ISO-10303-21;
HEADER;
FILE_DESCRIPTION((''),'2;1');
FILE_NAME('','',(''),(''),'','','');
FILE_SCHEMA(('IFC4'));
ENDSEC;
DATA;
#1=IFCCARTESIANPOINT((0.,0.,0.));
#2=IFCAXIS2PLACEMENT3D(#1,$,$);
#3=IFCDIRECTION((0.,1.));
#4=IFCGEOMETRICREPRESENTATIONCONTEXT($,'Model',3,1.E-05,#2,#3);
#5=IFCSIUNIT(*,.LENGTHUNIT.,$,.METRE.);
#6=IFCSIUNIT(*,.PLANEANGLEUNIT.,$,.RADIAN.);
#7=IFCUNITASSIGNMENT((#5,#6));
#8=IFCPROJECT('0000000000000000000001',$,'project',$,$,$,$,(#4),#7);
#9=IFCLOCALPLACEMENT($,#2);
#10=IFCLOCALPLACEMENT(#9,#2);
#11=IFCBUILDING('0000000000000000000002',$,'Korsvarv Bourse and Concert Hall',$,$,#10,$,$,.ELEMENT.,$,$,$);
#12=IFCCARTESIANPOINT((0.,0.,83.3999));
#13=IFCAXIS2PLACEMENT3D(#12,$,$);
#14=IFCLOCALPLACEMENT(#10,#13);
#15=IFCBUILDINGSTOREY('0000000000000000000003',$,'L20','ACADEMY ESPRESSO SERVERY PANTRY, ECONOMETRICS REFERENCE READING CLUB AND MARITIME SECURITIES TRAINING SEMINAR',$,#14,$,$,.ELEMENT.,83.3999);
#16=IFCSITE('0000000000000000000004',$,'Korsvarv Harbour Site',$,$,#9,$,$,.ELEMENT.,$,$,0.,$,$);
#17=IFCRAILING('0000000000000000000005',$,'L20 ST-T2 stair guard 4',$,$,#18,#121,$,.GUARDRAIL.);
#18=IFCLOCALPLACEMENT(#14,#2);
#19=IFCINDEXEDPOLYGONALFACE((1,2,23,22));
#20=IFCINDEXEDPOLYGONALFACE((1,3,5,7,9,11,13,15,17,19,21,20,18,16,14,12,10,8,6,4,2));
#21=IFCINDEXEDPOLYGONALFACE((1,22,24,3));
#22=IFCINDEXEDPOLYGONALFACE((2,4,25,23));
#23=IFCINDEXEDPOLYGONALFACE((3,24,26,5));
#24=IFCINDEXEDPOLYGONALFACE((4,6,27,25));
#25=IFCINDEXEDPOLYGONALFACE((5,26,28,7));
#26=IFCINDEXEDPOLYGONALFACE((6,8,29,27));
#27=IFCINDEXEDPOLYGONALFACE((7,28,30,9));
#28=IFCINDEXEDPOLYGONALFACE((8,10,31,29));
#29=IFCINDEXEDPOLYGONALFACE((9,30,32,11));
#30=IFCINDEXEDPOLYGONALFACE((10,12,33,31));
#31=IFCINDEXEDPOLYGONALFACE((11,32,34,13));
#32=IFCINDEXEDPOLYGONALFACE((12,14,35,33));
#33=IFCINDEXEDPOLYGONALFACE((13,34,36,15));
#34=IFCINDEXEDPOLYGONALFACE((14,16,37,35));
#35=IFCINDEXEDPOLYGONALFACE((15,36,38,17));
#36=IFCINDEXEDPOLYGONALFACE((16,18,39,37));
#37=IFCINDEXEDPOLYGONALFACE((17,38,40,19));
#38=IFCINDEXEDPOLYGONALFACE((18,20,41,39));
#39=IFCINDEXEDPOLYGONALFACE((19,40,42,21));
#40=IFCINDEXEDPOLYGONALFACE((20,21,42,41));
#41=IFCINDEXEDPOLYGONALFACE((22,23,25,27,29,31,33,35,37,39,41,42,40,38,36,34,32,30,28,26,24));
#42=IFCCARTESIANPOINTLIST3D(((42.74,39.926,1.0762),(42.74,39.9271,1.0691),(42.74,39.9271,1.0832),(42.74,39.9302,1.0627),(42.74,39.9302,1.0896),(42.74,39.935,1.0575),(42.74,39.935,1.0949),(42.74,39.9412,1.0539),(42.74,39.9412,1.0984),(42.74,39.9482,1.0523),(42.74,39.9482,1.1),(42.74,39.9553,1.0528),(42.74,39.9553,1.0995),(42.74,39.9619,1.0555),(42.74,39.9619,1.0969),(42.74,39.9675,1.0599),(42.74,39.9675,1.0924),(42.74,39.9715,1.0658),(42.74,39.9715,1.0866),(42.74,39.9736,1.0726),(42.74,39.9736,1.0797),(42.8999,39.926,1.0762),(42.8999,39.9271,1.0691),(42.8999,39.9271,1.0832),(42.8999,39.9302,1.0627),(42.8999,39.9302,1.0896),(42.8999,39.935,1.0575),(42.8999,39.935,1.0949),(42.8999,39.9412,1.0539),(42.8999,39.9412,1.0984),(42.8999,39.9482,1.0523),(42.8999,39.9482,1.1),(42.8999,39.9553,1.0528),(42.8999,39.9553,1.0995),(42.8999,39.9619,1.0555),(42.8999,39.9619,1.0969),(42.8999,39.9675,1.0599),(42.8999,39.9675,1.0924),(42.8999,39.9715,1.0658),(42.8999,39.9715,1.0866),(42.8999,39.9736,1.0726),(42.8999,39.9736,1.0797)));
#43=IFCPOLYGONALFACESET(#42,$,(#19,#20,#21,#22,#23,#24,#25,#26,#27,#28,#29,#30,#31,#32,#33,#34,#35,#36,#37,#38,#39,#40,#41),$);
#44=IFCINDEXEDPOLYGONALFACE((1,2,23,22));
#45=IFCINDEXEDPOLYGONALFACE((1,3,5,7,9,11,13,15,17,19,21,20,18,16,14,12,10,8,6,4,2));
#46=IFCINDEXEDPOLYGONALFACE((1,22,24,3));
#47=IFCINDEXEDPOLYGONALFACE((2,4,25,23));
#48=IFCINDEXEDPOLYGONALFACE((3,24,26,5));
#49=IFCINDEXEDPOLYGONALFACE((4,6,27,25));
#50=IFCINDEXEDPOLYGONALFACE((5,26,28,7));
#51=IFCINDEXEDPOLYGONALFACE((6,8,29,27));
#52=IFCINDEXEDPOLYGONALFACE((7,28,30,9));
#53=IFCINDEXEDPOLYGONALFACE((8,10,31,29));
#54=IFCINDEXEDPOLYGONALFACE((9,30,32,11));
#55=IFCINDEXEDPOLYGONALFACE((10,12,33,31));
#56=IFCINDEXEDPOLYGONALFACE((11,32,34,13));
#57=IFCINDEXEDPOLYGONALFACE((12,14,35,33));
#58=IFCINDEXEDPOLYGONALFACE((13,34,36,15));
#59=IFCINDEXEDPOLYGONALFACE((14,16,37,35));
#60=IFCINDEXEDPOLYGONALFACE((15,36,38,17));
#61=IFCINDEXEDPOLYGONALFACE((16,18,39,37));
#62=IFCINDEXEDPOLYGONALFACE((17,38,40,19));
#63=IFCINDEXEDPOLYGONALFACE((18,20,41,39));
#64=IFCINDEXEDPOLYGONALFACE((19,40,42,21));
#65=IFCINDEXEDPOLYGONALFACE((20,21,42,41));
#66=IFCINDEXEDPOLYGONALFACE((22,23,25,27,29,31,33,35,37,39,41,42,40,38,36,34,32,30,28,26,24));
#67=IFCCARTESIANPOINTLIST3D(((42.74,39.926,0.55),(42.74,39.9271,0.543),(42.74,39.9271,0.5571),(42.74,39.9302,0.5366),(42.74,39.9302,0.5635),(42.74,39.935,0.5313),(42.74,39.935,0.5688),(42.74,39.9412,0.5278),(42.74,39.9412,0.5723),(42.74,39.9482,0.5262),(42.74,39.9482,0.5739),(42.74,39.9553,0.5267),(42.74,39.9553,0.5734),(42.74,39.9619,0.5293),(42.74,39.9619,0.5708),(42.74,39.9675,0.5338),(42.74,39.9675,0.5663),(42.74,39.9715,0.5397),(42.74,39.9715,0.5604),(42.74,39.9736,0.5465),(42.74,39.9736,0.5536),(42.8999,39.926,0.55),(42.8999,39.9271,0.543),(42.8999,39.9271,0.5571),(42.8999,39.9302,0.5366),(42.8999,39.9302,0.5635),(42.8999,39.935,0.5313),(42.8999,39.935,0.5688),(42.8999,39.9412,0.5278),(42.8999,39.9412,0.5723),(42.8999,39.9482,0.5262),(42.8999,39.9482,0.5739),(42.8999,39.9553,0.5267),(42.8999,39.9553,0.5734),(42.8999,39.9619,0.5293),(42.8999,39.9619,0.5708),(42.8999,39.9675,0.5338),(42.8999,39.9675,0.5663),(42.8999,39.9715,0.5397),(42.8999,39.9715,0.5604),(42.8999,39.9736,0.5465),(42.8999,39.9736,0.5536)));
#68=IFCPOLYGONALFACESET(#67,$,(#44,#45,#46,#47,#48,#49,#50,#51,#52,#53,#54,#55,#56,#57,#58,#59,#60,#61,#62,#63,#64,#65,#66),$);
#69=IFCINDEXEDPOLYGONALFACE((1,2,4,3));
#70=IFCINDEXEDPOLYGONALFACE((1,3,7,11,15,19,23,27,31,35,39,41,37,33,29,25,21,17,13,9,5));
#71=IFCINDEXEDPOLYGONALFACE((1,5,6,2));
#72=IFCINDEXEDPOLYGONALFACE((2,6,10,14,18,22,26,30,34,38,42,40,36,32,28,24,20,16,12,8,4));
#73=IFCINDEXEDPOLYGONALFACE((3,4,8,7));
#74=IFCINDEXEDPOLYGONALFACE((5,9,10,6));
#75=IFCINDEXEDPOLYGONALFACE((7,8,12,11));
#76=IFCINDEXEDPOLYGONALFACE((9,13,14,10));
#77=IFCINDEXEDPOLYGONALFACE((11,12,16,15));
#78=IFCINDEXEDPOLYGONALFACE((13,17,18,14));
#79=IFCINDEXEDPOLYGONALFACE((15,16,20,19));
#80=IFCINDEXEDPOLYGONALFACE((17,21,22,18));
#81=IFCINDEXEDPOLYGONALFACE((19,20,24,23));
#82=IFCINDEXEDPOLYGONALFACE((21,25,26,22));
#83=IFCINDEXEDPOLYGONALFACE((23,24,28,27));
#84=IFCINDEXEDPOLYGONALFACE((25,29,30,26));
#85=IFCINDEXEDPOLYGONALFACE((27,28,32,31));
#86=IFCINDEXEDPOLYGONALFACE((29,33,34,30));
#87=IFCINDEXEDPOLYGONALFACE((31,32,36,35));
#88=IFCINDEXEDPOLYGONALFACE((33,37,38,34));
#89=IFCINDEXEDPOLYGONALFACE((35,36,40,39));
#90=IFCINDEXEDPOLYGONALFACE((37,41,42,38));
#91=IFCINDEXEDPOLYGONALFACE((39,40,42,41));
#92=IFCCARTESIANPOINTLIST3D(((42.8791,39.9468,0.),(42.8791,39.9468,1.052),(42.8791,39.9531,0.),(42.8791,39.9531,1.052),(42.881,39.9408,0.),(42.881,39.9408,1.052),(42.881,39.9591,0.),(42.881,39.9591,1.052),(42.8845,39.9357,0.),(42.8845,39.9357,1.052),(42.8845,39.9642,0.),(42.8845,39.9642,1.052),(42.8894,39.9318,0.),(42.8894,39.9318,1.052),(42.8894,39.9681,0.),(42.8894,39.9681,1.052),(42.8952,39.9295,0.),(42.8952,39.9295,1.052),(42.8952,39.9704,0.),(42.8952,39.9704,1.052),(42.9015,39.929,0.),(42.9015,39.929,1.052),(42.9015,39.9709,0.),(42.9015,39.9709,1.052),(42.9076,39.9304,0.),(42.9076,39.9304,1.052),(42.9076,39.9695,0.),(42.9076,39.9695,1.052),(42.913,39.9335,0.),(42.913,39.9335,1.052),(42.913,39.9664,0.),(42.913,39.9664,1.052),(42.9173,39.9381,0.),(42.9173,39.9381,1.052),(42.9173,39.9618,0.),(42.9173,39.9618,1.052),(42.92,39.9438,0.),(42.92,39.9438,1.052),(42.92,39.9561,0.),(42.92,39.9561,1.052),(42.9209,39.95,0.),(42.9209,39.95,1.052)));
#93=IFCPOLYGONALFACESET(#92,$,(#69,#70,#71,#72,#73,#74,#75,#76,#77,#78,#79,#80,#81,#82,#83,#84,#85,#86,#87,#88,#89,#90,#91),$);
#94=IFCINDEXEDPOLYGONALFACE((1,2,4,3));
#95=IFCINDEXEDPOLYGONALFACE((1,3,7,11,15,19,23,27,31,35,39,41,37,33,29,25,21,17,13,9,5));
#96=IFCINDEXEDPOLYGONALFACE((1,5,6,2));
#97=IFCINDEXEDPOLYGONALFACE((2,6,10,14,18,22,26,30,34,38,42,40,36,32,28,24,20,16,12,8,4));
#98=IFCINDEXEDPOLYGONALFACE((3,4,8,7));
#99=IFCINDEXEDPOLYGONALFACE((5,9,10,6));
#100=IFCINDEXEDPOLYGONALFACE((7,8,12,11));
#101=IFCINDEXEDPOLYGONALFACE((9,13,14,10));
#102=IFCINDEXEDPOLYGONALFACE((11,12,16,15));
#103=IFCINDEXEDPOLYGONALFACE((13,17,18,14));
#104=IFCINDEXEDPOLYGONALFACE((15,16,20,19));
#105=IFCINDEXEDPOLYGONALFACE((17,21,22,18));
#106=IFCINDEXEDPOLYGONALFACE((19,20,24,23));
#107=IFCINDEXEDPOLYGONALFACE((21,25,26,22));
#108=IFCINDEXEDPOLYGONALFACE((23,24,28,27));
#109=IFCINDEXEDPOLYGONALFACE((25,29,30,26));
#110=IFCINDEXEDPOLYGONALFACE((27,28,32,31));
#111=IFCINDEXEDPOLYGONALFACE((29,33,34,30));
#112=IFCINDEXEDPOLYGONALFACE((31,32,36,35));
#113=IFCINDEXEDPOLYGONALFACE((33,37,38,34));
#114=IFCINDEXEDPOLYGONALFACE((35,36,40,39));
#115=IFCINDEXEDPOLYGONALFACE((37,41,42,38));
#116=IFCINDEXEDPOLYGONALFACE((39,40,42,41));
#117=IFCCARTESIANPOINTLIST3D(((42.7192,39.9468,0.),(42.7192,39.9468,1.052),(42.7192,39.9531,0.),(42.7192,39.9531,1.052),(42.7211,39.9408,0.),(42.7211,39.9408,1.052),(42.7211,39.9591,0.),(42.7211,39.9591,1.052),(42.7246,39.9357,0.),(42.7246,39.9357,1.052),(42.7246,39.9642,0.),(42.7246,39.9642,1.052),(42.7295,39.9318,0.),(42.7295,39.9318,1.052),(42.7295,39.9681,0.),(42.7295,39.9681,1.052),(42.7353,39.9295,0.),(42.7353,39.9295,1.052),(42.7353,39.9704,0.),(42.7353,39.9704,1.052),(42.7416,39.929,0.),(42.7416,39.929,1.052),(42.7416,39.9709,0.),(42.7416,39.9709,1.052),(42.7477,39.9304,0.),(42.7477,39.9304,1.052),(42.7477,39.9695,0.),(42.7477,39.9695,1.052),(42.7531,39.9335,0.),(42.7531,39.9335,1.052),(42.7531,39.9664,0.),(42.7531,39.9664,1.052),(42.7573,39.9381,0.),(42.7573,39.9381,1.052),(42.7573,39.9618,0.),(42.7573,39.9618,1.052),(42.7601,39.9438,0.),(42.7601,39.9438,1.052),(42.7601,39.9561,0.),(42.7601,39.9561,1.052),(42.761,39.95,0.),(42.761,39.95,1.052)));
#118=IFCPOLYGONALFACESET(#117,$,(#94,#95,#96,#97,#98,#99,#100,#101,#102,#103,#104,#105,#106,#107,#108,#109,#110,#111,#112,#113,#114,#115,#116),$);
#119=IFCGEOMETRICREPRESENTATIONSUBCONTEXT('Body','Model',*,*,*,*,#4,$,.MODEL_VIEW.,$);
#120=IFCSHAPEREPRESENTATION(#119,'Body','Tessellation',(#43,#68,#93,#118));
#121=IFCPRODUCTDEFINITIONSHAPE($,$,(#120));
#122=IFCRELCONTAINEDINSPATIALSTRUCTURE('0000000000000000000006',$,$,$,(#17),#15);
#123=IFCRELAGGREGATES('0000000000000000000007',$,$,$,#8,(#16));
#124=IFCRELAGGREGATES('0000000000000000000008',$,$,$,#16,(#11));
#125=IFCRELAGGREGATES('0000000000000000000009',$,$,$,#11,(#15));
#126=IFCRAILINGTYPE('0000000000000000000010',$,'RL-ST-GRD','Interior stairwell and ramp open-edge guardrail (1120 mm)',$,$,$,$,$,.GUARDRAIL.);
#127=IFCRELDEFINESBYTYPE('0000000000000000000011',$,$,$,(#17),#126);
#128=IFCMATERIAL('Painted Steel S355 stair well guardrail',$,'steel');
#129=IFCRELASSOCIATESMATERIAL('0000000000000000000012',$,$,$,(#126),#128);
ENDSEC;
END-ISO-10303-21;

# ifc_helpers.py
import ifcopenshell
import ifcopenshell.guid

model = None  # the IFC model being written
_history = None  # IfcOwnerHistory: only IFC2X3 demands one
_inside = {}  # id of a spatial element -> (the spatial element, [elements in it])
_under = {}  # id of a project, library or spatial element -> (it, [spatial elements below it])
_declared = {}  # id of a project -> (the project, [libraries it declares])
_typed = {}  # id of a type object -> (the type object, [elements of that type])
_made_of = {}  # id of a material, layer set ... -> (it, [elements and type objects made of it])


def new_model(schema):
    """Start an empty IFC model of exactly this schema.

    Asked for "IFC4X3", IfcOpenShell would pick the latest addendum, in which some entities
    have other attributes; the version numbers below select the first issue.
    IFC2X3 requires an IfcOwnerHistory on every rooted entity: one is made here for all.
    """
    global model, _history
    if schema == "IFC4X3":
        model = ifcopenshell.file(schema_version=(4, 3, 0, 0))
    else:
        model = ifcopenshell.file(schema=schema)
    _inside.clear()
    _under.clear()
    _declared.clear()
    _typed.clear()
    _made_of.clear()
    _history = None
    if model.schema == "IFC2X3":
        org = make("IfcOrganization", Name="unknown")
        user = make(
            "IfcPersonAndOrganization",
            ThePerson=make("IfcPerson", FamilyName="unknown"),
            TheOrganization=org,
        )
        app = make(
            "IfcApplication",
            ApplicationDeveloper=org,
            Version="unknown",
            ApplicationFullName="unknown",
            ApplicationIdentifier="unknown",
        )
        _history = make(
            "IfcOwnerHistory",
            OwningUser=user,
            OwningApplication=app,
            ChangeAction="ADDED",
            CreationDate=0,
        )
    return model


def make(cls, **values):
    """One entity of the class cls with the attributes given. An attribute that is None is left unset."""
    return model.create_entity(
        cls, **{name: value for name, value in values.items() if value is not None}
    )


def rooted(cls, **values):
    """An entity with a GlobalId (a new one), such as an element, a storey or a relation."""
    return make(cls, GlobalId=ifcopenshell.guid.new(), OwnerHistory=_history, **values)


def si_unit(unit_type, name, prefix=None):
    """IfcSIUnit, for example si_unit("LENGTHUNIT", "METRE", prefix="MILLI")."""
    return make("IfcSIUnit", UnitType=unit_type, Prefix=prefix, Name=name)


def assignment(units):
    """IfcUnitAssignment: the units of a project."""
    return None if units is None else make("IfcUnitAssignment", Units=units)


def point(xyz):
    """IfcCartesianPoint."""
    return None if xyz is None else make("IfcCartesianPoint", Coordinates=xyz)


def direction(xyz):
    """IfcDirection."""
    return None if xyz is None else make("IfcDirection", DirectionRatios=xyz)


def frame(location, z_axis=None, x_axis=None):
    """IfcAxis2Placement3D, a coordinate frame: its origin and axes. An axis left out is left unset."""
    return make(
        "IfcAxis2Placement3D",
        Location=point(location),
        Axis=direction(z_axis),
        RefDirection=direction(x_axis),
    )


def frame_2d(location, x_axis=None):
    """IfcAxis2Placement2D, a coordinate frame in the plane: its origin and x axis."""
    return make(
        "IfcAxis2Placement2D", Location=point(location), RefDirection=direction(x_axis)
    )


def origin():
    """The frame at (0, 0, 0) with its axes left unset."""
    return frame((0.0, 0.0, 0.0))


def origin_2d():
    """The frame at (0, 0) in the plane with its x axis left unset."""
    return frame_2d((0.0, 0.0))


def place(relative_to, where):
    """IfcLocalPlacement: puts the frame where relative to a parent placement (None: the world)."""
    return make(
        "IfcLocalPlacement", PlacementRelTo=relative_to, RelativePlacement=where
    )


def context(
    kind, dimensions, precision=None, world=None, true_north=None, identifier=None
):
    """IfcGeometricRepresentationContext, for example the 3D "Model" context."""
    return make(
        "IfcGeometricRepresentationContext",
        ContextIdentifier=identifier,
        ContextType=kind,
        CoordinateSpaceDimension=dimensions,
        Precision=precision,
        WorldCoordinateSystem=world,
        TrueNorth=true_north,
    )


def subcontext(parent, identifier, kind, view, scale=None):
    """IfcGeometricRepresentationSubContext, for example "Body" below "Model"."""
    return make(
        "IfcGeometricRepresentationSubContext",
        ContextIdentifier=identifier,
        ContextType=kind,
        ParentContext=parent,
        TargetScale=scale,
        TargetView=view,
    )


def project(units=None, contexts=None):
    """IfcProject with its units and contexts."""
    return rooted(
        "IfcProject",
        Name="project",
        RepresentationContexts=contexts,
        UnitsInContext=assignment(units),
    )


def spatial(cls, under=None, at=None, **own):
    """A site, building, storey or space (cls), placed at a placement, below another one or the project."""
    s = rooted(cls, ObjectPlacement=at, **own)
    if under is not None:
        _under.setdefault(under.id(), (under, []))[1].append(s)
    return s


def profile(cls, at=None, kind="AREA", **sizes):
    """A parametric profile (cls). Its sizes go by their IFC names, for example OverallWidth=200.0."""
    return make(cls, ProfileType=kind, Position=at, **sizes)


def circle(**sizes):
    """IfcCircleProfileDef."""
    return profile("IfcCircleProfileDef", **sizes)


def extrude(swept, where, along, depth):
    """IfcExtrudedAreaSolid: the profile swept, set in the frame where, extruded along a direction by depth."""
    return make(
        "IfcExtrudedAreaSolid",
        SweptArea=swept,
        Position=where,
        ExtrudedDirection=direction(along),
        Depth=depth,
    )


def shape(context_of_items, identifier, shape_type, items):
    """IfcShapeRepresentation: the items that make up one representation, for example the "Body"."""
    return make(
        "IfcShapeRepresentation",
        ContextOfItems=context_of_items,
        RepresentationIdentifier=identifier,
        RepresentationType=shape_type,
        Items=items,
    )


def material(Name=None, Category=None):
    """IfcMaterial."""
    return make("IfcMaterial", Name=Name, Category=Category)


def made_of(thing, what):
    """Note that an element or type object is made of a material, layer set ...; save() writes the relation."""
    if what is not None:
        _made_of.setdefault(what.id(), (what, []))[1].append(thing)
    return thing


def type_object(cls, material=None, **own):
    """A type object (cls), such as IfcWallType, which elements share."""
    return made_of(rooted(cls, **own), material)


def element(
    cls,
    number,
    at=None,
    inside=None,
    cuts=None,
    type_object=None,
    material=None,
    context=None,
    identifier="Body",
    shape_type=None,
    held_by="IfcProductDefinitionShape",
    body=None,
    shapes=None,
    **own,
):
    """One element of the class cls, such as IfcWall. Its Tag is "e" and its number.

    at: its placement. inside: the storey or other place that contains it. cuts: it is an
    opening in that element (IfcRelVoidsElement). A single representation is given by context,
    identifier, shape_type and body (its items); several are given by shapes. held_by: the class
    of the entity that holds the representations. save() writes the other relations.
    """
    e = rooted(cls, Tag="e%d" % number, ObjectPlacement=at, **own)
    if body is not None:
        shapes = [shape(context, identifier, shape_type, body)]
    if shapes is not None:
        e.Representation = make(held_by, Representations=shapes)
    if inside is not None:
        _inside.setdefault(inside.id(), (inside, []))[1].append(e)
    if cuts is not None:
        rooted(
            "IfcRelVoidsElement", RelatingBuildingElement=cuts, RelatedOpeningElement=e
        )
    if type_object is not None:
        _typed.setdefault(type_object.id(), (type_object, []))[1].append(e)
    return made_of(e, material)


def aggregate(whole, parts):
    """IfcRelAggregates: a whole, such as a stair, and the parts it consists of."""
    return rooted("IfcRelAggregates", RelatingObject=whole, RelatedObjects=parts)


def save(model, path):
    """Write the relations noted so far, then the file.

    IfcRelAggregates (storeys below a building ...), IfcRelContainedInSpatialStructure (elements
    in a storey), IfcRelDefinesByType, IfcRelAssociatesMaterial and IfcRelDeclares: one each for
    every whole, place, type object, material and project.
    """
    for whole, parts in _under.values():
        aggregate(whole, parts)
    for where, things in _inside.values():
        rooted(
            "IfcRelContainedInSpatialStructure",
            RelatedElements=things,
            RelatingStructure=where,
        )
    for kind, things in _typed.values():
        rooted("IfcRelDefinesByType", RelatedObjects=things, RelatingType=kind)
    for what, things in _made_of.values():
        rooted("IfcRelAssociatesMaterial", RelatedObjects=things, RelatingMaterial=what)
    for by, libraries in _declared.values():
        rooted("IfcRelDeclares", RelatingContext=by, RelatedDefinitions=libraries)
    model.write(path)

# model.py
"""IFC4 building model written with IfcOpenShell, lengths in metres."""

from ifc_helpers import new_model, si_unit, direction, frame, origin, origin_2d, place, context, subcontext, project, spatial, circle, extrude, material, type_object, element, save


model = new_model("IFC4")

# Units and contexts
model_context = context("Model", 3, precision=1e-05, world=origin(), true_north=direction((0.0, 1.0)))
body_context = subcontext(model_context, "Body", "Model", "MODEL_VIEW")
ifc_project = project(units=[si_unit("LENGTHUNIT", "METRE"), si_unit("PLANEANGLEUNIT", "RADIAN")], contexts=[model_context])

# Site, building, storey
site_placement = place(None, origin())
site = spatial("IfcSite", under=ifc_project, at=site_placement, Name="Korsvarv Harbour Site", CompositionType="ELEMENT", RefElevation=0.0)
building_placement = place(site_placement, origin())
building = spatial("IfcBuilding", under=site, at=building_placement, Name="Korsvarv Bourse and Concert Hall", CompositionType="ELEMENT")
storey_placement = place(building_placement, frame((0.0, 0.0, 83.3999)))
storey = spatial("IfcBuildingStorey", under=building, at=storey_placement, Name="L20", Description="ACADEMY ESPRESSO SERVERY PANTRY, ECONOMETRICS REFERENCE READING CLUB AND MARITIME SECURITIES TRAINING SEMINAR", CompositionType="ELEMENT", Elevation=83.3999)

# Railing
ifc_material_1 = material(Name="Painted Steel S355 stair well guardrail", Category="steel")
railing_type_1 = type_object("IfcRailingType", Name="RL-ST-GRD", Description="Interior stairwell and ramp open-edge guardrail (1120 mm)", PredefinedType="GUARDRAIL", material=ifc_material_1)
railing_1_placement = place(storey_placement, frame((42.8999, 39.95, 0.0)))
element("IfcRailing", 1, at=railing_1_placement, inside=storey, type_object=railing_type_1, Name="L20 ST-T2 stair guard 4", PredefinedType="GUARDRAIL", context=body_context, shape_type="SweptSolid", body=[
    extrude(circle(Radius=0.0239, at=origin_2d()), frame((0.0, 0.0, 1.0762), z_axis=(-1.0, 0.0, 0.0), x_axis=(0.0, -1.0, 0.0)), (0.0, 0.0, 1.0), 0.1599),
    extrude(circle(Radius=0.0239, at=origin_2d()), frame((0.0, 0.0, 0.55), z_axis=(-1.0, 0.0, 0.0), x_axis=(0.0, -1.0, 0.0)), (0.0, 0.0, 1.0), 0.1599),
    extrude(circle(Radius=0.021, at=origin_2d()), origin(), (0.0, 0.0, 1.0), 1.052),
    extrude(circle(Radius=0.021, at=origin_2d()), frame((-0.1599, 0.0, 0.0)), (0.0, 0.0, 1.0), 1.052),
])

save(model, "model.ifc")
